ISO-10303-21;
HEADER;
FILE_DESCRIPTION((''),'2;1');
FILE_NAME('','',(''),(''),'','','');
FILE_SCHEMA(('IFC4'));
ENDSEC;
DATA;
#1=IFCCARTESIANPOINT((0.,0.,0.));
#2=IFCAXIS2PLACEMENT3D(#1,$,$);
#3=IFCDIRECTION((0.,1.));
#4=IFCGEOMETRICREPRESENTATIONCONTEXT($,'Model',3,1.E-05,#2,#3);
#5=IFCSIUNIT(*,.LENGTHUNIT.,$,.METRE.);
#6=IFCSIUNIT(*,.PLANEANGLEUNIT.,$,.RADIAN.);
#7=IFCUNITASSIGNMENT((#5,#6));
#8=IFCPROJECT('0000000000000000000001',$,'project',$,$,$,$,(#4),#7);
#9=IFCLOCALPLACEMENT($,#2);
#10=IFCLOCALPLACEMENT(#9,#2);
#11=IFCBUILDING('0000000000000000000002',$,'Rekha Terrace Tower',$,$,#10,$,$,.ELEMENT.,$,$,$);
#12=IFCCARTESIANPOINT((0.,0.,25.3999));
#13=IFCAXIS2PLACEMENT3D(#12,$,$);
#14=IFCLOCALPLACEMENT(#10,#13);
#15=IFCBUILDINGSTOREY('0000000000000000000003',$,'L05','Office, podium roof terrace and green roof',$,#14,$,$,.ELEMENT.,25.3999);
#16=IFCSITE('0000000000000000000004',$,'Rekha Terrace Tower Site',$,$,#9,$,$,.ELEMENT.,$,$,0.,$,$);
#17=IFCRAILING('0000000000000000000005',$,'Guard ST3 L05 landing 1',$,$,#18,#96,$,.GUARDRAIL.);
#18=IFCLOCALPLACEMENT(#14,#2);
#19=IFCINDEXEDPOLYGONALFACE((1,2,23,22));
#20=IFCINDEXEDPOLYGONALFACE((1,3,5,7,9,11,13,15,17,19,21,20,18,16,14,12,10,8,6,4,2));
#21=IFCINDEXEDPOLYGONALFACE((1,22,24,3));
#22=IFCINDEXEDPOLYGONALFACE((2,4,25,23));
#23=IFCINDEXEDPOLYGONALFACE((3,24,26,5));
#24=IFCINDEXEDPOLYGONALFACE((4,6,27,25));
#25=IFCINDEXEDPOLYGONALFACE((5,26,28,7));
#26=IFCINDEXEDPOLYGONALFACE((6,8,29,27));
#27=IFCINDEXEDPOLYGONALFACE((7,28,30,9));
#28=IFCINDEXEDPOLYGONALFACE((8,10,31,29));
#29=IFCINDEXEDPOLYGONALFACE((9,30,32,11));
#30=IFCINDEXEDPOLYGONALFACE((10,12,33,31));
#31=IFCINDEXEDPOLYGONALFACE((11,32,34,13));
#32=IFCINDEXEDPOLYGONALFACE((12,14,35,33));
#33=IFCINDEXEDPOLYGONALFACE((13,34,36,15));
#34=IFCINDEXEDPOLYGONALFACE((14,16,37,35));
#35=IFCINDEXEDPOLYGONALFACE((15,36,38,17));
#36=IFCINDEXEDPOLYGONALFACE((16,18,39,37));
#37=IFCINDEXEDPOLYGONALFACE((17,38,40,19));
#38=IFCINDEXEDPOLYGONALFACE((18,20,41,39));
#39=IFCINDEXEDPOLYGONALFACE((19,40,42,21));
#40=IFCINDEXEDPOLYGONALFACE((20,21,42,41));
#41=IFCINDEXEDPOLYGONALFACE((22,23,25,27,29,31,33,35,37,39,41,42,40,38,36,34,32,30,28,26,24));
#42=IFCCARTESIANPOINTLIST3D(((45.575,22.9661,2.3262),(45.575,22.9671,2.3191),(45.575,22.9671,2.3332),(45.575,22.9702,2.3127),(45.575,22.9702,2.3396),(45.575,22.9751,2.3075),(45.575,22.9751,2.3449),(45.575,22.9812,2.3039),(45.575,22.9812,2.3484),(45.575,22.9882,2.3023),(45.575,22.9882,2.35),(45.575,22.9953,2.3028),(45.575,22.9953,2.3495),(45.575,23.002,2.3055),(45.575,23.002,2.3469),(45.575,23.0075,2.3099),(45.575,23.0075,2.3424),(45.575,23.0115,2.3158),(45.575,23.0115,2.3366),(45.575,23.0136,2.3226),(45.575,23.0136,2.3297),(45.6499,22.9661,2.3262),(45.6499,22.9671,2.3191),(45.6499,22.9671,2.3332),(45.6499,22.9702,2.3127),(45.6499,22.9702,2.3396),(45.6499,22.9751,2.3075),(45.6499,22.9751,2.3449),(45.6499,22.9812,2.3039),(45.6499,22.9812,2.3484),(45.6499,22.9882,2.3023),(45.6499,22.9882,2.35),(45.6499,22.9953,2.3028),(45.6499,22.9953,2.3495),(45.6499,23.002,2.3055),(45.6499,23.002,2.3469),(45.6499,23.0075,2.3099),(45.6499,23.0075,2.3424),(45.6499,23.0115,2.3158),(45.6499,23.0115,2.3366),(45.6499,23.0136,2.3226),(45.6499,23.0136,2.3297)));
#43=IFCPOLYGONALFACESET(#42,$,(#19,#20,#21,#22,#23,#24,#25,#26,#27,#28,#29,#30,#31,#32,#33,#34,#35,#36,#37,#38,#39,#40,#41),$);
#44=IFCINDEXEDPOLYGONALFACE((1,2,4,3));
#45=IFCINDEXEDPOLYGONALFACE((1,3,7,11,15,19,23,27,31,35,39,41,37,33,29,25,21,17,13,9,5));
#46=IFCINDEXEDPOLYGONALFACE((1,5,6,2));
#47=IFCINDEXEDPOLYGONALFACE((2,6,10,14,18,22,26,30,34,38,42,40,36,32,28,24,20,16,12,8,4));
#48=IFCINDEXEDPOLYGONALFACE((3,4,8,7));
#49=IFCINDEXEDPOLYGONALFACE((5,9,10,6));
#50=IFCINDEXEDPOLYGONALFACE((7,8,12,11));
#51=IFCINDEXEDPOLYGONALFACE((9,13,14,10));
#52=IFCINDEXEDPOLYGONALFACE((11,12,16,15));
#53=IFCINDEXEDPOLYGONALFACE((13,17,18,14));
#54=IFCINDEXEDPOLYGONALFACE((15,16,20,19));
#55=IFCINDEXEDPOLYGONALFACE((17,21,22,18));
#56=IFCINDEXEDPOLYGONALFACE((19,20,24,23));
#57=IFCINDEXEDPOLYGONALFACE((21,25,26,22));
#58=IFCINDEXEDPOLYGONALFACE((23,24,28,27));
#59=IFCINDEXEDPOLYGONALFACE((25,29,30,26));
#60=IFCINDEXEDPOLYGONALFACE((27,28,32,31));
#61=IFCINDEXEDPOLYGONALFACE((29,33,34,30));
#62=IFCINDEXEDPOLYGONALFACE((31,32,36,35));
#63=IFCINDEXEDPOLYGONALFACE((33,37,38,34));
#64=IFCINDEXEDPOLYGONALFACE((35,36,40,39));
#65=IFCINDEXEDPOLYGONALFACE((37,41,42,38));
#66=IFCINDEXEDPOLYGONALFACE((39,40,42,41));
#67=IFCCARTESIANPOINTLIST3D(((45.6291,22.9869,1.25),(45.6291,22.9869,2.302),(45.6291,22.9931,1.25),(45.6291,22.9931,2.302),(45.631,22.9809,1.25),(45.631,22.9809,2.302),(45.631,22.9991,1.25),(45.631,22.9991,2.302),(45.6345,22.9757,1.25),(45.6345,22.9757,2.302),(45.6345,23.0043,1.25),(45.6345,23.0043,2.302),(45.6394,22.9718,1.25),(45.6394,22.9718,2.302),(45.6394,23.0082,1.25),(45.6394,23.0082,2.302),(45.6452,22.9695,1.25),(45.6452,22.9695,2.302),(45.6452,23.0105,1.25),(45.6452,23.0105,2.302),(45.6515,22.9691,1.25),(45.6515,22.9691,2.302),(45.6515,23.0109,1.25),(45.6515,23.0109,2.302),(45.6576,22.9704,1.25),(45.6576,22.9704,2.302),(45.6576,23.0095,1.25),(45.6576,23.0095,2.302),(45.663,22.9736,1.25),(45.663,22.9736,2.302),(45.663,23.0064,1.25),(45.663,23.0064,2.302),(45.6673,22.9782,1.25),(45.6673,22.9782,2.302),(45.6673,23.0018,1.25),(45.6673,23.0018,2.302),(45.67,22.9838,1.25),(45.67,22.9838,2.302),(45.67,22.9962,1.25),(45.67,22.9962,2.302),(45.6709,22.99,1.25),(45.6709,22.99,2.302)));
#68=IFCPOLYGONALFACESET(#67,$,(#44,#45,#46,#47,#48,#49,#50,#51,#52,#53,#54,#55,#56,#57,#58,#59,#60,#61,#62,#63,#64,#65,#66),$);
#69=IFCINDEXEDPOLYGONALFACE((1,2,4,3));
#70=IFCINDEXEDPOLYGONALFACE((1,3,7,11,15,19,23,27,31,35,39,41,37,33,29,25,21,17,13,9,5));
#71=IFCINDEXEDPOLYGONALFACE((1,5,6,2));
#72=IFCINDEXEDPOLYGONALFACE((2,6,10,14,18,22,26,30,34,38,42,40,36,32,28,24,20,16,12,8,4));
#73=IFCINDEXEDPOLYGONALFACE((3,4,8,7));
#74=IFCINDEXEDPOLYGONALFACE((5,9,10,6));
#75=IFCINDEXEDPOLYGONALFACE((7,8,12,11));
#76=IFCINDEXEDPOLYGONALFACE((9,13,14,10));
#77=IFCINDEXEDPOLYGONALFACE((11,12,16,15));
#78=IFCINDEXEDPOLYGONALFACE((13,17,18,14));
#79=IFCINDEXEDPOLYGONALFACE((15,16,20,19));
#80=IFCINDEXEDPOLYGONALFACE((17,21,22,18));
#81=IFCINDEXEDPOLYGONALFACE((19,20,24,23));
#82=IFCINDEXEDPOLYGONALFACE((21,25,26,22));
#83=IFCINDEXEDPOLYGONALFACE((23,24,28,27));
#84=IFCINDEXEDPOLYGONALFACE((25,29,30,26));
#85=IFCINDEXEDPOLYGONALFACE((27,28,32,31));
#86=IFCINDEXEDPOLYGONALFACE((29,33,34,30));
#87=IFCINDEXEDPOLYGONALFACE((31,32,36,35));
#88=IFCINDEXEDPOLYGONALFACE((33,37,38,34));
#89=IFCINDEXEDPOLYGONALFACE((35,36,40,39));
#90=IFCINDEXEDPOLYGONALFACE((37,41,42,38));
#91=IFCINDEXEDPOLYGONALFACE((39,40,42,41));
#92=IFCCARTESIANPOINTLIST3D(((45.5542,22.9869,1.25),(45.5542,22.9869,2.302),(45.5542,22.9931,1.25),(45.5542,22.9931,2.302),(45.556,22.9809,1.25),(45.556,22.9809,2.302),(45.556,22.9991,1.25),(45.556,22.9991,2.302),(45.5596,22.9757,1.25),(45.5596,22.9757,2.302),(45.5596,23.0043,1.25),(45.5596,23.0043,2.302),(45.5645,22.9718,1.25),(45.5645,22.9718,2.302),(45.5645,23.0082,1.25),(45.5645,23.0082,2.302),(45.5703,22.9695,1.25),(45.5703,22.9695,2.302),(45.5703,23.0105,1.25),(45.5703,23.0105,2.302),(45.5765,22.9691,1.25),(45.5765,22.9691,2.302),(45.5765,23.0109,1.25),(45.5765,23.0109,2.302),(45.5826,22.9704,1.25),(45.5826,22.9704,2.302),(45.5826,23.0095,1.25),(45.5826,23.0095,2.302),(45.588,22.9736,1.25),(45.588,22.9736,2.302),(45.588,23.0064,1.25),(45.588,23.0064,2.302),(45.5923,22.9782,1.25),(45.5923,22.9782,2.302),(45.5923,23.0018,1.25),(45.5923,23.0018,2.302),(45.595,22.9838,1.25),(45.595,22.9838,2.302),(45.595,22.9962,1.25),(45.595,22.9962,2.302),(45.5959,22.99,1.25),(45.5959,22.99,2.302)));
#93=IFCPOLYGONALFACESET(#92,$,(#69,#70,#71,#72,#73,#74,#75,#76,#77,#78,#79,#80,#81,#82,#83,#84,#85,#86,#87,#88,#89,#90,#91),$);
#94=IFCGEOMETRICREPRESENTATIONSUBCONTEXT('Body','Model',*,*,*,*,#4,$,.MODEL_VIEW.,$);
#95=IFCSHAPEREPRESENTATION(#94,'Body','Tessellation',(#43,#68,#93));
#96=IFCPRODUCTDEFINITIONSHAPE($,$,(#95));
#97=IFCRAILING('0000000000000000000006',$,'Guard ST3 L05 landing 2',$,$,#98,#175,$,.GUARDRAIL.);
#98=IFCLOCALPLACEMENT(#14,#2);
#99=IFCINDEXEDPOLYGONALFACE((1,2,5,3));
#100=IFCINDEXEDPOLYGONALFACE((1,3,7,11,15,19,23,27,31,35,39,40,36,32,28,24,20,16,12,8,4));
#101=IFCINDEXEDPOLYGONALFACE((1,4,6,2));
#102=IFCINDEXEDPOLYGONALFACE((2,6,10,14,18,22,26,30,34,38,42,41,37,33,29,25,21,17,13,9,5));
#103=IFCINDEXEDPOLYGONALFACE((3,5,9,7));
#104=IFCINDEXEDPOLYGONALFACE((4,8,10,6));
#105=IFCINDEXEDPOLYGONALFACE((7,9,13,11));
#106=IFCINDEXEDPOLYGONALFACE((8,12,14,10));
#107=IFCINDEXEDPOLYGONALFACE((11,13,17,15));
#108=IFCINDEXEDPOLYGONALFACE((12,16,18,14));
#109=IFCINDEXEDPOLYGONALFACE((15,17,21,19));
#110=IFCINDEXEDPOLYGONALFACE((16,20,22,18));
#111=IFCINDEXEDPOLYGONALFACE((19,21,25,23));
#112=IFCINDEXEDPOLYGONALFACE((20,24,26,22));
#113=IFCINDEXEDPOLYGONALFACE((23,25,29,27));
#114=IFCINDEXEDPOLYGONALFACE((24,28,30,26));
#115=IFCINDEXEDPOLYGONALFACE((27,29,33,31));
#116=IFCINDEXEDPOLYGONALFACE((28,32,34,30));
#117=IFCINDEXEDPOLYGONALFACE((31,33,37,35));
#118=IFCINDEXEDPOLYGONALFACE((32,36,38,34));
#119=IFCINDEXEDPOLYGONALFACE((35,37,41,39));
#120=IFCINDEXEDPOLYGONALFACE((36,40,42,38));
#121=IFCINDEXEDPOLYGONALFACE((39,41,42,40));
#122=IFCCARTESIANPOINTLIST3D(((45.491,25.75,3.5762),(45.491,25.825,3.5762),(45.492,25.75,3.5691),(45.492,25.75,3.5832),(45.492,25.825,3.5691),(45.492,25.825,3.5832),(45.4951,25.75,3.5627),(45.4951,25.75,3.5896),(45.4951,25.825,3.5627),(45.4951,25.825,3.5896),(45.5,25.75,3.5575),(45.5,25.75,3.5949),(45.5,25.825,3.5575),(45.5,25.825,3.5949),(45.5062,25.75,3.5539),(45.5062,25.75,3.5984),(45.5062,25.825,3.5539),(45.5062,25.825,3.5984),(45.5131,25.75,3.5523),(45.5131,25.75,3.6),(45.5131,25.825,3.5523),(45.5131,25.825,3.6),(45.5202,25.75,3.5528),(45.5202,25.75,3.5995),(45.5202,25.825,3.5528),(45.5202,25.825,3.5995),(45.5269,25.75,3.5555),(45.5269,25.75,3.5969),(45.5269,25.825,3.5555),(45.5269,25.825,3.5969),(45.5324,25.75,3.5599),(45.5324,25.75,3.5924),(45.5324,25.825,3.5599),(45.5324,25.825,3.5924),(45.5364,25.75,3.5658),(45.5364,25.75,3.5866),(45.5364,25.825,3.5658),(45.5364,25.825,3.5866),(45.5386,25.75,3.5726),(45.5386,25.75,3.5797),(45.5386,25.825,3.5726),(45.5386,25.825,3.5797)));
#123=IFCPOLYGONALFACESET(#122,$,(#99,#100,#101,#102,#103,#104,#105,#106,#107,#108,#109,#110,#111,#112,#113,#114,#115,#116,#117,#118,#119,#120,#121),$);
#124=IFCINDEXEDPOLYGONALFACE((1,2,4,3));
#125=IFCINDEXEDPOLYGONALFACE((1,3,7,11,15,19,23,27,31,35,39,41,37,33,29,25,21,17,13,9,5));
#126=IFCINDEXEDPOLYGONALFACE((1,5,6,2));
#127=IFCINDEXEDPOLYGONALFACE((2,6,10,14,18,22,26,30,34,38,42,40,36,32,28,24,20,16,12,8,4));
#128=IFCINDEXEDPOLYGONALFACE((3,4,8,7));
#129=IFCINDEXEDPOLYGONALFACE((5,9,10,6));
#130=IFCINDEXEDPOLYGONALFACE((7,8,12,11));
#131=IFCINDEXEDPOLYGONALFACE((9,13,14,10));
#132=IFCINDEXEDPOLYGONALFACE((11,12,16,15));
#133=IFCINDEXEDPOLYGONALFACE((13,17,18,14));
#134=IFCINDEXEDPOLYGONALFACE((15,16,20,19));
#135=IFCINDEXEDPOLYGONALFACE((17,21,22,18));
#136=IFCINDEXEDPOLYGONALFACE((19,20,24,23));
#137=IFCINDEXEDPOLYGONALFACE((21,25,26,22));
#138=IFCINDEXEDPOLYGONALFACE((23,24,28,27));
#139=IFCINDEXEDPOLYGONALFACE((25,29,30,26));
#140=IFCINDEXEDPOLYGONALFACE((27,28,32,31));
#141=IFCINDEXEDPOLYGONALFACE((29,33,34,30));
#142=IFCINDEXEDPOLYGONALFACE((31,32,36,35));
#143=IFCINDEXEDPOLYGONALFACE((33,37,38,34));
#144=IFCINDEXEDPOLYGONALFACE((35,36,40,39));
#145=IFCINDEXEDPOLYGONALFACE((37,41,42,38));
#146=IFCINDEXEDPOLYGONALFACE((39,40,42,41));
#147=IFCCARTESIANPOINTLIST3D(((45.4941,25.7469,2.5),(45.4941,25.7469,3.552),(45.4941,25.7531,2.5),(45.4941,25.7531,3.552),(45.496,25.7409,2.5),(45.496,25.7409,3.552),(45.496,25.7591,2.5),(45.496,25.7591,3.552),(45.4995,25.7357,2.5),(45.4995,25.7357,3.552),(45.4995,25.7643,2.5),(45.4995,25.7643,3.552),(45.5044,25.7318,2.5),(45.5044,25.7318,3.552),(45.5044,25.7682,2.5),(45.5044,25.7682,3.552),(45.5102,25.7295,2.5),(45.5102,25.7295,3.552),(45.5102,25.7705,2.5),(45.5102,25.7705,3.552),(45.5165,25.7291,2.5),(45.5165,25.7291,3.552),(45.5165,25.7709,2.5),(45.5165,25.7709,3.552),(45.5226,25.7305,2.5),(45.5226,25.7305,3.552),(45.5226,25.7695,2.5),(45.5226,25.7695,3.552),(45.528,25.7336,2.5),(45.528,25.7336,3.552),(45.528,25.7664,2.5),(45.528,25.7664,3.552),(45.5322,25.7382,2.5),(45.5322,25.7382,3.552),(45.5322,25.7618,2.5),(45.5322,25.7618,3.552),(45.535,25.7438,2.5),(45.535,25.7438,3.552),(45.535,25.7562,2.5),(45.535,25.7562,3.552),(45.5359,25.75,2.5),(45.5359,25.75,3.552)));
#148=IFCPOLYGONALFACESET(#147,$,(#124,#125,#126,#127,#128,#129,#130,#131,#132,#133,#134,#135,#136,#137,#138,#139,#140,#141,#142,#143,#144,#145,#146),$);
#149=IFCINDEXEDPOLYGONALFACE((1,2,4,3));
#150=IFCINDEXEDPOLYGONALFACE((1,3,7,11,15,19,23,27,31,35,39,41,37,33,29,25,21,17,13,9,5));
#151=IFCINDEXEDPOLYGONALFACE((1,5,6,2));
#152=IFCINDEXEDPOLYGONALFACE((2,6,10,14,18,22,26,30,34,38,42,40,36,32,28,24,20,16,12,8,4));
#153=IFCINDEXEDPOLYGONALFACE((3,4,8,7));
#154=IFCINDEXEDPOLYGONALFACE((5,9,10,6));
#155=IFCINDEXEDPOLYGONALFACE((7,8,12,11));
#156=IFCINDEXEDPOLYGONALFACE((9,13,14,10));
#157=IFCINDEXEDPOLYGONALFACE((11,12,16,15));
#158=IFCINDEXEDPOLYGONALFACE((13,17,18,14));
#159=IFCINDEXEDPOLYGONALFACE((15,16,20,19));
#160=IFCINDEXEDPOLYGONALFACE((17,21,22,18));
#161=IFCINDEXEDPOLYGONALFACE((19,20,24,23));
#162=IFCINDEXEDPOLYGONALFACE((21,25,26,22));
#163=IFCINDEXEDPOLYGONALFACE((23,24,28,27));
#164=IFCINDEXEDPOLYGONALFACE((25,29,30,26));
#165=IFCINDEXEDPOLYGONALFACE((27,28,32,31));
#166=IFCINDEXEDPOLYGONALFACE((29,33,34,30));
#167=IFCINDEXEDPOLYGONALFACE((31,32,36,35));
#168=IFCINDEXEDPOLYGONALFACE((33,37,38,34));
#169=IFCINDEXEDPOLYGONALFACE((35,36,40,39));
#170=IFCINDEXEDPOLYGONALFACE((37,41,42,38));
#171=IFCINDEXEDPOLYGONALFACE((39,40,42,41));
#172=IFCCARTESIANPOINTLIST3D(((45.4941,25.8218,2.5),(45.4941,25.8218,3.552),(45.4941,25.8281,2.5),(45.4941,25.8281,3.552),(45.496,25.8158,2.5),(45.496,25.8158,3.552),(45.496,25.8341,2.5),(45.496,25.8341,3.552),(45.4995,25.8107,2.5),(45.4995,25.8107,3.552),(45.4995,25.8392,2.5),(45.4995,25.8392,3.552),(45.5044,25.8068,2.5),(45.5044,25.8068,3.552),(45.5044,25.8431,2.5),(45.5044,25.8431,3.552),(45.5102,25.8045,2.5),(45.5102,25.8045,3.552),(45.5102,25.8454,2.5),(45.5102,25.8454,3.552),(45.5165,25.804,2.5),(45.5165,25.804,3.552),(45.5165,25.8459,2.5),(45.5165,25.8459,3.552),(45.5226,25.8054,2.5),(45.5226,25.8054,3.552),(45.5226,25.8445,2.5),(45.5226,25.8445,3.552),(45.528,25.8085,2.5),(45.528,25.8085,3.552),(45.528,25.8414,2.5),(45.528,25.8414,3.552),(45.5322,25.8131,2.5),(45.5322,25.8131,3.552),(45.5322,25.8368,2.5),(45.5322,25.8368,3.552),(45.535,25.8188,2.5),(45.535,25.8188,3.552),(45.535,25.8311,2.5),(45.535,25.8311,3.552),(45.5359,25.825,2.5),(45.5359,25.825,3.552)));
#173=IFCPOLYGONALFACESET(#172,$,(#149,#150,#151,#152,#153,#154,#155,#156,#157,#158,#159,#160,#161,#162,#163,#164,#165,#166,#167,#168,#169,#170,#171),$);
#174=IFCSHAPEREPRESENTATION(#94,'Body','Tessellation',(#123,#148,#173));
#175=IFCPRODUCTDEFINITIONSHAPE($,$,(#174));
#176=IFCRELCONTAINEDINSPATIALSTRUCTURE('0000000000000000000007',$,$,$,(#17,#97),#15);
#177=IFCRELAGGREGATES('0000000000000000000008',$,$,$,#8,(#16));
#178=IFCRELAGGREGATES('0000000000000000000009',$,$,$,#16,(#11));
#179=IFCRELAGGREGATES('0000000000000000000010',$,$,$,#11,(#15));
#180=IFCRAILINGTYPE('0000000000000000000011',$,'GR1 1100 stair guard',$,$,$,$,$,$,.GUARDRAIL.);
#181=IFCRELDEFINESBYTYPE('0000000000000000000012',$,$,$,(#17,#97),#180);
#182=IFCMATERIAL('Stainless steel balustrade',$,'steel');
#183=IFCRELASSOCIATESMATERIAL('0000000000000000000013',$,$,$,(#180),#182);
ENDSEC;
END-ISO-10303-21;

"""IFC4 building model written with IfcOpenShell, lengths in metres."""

from ifc_helpers import new_model, si_unit, direction, frame, origin, origin_2d, place, context, subcontext, project, spatial, circle, extrude, material, type_object, element, save


model = new_model("IFC4")

# Units and contexts
model_context = context("Model", 3, precision=1e-05, world=origin(), true_north=direction((0.0, 1.0)))
body_context = subcontext(model_context, "Body", "Model", "MODEL_VIEW")
ifc_project = project(units=[si_unit("LENGTHUNIT", "METRE"), si_unit("PLANEANGLEUNIT", "RADIAN")], contexts=[model_context])

# Site, building, storey
site_placement = place(None, origin())
site = spatial("IfcSite", under=ifc_project, at=site_placement, Name="Rekha Terrace Tower Site", CompositionType="ELEMENT", RefElevation=0.0)
building_placement = place(site_placement, origin())
building = spatial("IfcBuilding", under=site, at=building_placement, Name="Rekha Terrace Tower", CompositionType="ELEMENT")
storey_placement = place(building_placement, frame((0.0, 0.0, 25.3999)))
storey = spatial("IfcBuildingStorey", under=building, at=storey_placement, Name="L05", Description="Office, podium roof terrace and green roof", CompositionType="ELEMENT", Elevation=25.3999)

# Railings
ifc_material_1 = material(Name="Stainless steel balustrade", Category="steel")
railing_type_1 = type_object("IfcRailingType", Name="GR1 1100 stair guard", PredefinedType="GUARDRAIL", material=ifc_material_1)
railing_1_placement = place(storey_placement, frame((45.6499, 22.99, 1.25)))
element("IfcRailing", 1, at=railing_1_placement, inside=storey, type_object=railing_type_1, Name="Guard ST3 L05 landing 1", PredefinedType="GUARDRAIL", context=body_context, shape_type="SweptSolid", body=[
    extrude(circle(Radius=0.0239, at=origin_2d()), frame((0.0, 0.0, 1.0762), z_axis=(-1.0, 0.0, 0.0), x_axis=(0.0, -1.0, 0.0)), (0.0, 0.0, 1.0), 0.075),
    extrude(circle(Radius=0.021, at=origin_2d()), origin(), (0.0, 0.0, 1.0), 1.052),
    extrude(circle(Radius=0.021, at=origin_2d()), frame((-0.075, 0.0, 0.0)), (0.0, 0.0, 1.0), 1.052),
])
railing_2_placement = place(storey_placement, frame((45.5149, 25.75, 2.5)))
element("IfcRailing", 2, at=railing_2_placement, inside=storey, type_object=railing_type_1, Name="Guard ST3 L05 landing 2", PredefinedType="GUARDRAIL", context=body_context, shape_type="SweptSolid", body=[
    extrude(circle(Radius=0.0239, at=origin_2d()), frame((0.0, 0.0, 1.0762), z_axis=(0.0, 1.0, 0.0), x_axis=(-1.0, 0.0, 0.0)), (0.0, 0.0, 1.0), 0.075),
    extrude(circle(Radius=0.021, at=origin_2d()), origin(), (0.0, 0.0, 1.0), 1.052),
    extrude(circle(Radius=0.021, at=origin_2d()), frame((0.0, 0.075, 0.0)), (0.0, 0.0, 1.0), 1.052),
])

save(model, "model.ifc")
